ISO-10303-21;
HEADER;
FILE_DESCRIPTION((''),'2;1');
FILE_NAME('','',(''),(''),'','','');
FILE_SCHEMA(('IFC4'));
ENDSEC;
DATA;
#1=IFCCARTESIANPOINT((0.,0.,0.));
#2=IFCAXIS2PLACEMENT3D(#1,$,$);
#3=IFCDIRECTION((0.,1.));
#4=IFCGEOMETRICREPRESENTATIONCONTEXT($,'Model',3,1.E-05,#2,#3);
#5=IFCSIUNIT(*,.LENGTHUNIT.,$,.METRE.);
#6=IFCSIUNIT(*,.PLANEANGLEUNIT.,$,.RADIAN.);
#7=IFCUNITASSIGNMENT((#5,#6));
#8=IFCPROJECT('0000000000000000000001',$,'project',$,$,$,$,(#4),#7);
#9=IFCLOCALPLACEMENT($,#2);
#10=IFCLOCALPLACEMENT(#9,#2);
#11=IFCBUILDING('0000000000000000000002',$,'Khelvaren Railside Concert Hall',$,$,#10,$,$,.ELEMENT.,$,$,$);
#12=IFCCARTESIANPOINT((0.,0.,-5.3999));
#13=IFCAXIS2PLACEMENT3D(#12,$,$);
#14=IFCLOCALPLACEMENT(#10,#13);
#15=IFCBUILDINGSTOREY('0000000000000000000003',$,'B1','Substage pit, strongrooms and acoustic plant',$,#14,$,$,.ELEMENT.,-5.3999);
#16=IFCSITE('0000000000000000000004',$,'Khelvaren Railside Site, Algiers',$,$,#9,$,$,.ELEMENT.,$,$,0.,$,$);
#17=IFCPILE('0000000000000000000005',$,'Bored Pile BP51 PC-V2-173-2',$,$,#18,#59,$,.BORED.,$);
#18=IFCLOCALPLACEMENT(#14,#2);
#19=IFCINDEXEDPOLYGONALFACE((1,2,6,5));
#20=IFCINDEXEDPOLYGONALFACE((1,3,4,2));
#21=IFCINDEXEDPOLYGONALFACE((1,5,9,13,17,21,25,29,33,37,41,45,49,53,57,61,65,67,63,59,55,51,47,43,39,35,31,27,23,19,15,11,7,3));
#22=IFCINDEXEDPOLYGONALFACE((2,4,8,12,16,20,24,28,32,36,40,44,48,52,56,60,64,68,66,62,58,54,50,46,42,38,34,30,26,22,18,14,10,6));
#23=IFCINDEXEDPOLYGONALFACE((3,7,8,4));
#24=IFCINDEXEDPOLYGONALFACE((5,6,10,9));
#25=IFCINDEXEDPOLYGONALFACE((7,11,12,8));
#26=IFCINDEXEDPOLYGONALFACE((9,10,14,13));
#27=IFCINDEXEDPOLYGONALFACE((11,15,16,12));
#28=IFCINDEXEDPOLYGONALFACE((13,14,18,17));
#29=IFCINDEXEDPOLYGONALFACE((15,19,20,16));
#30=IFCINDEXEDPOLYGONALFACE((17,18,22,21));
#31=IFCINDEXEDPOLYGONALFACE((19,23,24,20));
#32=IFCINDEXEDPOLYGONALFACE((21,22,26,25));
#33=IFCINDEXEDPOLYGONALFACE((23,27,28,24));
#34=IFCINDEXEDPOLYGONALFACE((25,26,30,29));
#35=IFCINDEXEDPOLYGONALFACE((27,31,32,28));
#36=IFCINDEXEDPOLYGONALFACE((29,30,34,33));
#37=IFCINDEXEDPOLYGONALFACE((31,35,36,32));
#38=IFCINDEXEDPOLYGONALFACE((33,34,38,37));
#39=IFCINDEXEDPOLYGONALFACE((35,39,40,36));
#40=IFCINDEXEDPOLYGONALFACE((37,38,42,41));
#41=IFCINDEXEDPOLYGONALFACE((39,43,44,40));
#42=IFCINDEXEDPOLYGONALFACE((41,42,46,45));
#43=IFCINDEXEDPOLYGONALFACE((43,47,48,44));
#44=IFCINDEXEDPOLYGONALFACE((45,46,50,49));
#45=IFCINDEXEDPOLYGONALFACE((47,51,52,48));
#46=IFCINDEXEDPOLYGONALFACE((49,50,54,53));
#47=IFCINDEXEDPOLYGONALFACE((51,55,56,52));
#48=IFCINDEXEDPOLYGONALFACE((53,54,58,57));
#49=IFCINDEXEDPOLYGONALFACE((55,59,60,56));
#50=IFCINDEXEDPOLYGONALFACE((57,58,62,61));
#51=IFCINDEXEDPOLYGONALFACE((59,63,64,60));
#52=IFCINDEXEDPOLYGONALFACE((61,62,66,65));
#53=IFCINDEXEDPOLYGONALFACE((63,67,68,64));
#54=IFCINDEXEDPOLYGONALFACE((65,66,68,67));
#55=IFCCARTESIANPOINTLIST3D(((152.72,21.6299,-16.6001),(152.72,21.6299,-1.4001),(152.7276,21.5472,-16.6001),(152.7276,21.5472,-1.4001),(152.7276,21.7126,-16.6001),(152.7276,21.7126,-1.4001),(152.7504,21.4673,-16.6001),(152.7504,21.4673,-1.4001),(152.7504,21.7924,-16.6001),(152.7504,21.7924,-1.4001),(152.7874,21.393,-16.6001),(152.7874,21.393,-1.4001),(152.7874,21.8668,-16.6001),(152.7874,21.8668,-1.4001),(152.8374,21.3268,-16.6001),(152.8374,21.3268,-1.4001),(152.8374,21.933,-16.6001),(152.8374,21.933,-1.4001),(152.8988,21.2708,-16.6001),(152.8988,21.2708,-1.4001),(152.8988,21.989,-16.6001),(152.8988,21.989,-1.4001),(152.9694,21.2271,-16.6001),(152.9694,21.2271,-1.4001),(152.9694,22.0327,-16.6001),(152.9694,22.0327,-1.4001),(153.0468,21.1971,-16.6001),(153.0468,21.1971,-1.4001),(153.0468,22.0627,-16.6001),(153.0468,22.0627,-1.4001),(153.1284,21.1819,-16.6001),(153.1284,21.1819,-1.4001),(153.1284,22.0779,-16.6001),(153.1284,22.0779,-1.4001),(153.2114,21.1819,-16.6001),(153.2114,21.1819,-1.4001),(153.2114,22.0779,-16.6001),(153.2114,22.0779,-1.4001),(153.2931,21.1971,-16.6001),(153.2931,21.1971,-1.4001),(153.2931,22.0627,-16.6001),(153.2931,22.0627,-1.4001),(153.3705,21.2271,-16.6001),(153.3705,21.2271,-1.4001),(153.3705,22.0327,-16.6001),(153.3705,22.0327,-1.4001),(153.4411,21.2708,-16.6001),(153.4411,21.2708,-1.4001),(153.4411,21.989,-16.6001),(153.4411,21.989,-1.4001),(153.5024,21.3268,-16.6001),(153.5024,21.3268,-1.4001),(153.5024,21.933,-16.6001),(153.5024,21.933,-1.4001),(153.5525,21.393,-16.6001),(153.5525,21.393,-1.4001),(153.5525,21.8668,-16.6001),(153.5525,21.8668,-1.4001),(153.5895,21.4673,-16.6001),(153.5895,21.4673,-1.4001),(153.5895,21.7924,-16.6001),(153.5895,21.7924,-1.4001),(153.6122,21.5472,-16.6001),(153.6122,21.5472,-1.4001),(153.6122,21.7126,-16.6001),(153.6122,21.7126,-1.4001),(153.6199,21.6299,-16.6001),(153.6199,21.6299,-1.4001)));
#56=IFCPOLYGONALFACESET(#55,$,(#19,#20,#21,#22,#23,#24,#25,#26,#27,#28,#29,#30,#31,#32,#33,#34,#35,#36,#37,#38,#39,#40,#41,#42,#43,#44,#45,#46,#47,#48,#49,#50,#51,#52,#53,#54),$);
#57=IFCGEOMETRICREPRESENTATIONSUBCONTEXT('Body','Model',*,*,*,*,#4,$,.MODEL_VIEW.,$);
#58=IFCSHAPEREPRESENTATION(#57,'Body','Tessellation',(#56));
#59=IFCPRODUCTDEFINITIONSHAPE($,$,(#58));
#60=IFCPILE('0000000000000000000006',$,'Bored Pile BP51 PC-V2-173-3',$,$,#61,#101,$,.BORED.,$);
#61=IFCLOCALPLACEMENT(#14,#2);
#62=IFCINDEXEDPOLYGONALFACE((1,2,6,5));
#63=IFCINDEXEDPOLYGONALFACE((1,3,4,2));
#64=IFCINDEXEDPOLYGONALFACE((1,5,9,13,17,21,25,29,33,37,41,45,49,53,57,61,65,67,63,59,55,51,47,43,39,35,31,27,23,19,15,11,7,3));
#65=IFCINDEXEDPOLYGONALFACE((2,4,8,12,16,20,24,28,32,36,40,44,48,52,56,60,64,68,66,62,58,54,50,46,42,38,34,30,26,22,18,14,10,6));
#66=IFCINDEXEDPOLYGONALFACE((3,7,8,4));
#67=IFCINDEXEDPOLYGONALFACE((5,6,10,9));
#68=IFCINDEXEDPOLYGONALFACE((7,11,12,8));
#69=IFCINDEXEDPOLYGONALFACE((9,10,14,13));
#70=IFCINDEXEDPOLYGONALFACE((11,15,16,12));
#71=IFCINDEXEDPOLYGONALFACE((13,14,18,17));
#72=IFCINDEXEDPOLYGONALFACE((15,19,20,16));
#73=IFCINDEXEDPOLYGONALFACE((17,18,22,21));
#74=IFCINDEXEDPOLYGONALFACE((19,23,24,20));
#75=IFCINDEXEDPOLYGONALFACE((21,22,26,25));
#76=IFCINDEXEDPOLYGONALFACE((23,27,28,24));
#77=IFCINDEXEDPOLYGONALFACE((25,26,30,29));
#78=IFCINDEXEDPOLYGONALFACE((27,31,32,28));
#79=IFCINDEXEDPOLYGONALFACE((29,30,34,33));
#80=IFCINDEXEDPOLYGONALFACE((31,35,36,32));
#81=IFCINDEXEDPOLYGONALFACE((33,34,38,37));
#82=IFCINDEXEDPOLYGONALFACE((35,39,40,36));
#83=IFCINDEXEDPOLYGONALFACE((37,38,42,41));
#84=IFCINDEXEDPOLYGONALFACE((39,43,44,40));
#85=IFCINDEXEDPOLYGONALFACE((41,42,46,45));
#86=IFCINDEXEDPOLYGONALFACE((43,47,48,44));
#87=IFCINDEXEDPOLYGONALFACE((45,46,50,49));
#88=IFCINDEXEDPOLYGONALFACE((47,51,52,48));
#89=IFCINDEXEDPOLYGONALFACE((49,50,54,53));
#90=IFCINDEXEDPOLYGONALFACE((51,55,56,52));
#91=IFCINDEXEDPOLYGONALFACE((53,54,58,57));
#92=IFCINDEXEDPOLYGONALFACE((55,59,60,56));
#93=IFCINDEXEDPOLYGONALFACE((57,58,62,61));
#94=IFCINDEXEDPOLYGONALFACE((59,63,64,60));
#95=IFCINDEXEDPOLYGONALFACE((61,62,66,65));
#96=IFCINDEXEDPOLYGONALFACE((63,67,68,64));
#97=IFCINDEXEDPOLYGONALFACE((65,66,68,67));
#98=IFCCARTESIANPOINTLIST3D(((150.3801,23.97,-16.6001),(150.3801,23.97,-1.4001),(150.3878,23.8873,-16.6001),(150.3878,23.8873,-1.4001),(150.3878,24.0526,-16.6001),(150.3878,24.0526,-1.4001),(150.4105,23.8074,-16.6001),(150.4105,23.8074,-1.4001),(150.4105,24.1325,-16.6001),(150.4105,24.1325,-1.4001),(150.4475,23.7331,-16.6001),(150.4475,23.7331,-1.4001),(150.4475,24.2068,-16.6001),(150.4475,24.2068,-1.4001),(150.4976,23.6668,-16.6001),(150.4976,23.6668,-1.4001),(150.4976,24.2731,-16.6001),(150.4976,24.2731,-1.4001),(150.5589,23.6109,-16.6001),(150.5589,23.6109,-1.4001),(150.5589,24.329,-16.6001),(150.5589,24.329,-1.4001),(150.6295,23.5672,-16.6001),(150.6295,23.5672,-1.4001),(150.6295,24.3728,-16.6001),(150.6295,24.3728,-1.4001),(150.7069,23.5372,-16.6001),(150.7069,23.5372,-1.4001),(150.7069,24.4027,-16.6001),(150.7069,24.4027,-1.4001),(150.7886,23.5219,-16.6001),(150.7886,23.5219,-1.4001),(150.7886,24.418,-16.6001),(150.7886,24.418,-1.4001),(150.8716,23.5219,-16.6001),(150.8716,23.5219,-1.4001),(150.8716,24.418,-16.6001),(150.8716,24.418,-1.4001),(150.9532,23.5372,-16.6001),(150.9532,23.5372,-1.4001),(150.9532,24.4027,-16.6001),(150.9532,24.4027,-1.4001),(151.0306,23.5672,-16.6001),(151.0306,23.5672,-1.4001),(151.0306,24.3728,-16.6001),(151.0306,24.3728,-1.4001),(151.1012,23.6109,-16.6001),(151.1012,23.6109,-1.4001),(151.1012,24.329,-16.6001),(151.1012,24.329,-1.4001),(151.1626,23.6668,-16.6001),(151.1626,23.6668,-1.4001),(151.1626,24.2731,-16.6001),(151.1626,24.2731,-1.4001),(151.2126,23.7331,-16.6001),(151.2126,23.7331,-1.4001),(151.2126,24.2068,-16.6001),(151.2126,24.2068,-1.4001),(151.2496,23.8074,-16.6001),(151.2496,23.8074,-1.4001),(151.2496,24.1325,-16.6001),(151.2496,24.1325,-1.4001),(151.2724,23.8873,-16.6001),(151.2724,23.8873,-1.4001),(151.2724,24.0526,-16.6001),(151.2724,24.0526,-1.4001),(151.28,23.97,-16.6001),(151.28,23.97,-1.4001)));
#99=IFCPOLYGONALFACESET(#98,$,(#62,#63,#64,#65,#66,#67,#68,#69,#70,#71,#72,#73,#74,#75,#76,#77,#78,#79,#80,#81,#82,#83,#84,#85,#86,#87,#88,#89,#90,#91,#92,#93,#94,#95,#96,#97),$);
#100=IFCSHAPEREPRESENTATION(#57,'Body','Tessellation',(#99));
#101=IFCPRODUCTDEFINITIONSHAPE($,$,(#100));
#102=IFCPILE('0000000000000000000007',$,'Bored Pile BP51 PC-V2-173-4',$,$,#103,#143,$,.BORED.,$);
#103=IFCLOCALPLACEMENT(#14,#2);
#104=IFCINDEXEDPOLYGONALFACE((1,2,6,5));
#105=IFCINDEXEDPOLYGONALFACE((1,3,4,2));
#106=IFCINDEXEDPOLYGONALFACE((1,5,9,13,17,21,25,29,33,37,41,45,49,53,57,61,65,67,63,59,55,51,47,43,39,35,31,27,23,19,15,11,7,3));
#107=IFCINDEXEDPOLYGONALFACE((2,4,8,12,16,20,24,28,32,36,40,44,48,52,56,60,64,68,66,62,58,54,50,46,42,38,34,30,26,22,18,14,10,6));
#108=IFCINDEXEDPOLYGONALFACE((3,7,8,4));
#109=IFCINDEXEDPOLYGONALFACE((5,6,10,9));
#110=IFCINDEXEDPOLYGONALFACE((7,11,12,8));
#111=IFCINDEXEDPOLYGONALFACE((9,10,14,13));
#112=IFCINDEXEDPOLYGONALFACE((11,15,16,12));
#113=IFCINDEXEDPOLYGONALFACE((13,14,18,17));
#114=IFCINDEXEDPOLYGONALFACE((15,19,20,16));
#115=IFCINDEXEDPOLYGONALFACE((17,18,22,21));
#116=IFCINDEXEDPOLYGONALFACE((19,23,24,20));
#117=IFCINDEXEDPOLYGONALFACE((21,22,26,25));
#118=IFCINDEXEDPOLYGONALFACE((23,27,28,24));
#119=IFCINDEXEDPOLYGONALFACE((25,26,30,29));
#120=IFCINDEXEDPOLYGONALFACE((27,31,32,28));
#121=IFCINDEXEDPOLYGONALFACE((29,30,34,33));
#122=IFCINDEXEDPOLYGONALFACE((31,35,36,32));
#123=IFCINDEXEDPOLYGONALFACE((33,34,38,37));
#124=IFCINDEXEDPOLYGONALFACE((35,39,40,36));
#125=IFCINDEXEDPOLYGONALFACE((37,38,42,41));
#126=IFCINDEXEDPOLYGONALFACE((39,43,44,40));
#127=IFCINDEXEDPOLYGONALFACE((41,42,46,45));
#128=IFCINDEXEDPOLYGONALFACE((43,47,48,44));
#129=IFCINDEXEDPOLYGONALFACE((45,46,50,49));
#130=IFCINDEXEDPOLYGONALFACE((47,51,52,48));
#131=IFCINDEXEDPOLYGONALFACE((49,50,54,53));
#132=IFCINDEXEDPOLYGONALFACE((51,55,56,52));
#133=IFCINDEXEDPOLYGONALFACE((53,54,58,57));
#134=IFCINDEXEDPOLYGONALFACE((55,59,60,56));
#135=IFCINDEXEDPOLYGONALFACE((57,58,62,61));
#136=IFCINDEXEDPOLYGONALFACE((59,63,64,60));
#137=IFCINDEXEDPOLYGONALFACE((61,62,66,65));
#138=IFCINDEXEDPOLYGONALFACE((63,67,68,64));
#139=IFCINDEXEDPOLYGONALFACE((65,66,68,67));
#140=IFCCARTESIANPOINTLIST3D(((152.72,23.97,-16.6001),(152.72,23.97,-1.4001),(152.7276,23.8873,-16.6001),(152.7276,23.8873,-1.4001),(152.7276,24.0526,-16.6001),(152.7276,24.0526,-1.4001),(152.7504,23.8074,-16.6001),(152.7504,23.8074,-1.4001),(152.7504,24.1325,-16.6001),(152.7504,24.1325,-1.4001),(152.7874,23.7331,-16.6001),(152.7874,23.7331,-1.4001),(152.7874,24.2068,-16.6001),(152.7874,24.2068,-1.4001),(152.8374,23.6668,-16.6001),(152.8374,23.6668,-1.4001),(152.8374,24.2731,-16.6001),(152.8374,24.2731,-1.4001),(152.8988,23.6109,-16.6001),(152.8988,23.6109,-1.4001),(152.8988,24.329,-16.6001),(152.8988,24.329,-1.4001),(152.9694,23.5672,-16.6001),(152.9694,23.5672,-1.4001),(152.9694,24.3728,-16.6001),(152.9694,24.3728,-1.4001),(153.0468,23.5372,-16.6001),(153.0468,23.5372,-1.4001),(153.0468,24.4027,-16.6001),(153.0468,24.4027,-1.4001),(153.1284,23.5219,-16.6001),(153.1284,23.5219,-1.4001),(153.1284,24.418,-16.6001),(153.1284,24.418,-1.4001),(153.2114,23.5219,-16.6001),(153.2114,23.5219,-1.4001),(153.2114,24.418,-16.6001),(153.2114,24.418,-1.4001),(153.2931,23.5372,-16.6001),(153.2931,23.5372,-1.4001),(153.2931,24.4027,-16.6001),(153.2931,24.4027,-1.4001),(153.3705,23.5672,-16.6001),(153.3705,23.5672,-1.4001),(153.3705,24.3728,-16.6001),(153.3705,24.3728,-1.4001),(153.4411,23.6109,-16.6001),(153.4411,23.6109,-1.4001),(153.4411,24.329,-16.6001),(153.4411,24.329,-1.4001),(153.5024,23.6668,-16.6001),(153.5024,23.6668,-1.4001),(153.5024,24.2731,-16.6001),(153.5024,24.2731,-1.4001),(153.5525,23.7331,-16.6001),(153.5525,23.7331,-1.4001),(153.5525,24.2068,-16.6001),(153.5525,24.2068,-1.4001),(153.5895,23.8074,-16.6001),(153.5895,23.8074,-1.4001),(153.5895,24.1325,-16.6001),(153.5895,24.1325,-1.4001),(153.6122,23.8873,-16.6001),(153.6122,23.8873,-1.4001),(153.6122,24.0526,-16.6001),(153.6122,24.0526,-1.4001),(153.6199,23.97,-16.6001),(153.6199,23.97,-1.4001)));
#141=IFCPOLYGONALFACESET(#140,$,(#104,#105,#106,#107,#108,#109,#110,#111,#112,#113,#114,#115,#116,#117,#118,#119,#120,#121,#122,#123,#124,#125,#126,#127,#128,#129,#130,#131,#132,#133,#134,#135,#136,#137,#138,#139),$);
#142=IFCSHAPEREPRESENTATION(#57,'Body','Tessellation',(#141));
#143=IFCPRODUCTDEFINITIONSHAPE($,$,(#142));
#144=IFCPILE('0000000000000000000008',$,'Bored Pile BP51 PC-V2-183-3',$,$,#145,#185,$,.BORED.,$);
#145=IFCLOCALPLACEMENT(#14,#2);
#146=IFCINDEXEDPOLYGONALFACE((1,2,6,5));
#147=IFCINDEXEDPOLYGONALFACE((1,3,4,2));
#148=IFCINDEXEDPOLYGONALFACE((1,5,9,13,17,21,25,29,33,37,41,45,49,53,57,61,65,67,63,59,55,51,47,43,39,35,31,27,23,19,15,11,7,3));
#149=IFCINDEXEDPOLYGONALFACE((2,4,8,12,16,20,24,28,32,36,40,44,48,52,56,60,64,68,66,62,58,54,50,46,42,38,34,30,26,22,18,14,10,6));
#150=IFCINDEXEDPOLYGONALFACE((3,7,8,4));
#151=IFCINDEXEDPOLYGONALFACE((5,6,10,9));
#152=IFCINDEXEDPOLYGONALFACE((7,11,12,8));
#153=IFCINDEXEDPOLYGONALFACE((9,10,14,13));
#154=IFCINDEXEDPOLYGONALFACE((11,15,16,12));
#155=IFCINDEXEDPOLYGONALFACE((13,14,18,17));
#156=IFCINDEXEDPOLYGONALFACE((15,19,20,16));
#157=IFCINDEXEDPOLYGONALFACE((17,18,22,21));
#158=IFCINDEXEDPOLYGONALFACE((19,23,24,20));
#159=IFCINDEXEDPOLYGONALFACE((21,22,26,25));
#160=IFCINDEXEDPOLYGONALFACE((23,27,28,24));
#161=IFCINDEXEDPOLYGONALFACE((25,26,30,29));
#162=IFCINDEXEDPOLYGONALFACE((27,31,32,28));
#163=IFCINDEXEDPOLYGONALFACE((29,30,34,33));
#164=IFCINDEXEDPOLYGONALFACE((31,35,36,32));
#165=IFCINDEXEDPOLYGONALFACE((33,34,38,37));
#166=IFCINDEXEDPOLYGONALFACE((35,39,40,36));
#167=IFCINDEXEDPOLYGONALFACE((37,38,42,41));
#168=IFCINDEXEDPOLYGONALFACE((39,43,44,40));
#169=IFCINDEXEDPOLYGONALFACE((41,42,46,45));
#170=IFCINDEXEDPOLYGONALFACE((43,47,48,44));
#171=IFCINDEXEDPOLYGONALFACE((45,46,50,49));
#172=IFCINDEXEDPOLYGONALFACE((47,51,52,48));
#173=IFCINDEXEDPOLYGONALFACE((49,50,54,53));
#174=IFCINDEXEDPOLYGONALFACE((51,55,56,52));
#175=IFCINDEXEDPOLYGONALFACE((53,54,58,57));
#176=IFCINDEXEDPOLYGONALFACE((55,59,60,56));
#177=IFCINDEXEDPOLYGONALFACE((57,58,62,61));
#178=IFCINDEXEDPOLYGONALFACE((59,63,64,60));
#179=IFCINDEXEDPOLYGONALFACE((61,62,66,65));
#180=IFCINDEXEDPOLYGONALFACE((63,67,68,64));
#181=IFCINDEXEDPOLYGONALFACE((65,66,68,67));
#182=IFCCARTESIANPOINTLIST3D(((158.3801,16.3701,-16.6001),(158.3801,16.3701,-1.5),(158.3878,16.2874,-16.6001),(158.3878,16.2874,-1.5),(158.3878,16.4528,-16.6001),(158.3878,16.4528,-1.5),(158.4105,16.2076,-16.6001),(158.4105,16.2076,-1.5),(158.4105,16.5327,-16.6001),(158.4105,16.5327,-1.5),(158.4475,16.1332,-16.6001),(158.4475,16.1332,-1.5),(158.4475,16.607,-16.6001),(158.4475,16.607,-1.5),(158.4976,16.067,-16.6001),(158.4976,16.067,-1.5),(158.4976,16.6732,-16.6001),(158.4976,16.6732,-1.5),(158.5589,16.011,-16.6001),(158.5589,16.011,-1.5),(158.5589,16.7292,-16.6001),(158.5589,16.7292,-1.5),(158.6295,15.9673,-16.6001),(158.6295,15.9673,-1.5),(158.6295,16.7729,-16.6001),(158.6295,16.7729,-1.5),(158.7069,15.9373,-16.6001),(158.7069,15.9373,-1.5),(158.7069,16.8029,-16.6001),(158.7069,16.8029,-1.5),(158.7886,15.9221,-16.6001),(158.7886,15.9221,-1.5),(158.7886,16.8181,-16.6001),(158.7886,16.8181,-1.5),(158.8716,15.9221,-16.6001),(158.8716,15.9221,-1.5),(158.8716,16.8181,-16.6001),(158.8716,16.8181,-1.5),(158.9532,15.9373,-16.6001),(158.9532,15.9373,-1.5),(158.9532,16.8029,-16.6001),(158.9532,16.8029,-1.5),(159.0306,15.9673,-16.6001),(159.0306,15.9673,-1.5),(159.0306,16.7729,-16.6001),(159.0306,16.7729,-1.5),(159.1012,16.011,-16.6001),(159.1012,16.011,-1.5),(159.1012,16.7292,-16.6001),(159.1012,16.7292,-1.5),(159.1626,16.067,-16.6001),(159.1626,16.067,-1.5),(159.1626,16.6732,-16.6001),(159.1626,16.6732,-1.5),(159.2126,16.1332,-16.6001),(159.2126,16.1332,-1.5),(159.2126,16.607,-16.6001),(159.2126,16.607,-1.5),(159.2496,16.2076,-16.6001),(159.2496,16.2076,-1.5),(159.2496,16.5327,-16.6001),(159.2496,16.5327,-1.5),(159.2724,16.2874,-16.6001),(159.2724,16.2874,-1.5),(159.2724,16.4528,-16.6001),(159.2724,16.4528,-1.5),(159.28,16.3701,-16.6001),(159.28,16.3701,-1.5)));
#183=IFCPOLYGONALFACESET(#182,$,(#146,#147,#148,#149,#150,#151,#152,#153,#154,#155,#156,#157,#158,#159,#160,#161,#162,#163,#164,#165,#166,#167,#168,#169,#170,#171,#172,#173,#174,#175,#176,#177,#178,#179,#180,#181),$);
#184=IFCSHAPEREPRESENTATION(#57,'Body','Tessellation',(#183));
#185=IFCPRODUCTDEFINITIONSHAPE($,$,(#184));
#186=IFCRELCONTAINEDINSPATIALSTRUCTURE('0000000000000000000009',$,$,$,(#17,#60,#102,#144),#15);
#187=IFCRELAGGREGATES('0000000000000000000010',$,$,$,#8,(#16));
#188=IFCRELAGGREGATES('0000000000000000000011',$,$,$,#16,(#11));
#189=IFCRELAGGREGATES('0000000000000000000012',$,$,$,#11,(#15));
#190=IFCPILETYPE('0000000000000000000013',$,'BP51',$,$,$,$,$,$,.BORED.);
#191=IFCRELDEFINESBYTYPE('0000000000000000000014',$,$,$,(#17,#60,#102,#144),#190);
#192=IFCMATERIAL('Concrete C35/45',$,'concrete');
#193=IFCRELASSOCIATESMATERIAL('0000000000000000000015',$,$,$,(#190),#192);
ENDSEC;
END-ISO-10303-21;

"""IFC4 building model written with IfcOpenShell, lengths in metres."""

from ifc_helpers import new_model, si_unit, direction, frame, origin, origin_2d, place, context, subcontext, project, spatial, circle, extrude, material, material_profile, profile_set, type_object, element, save


model = new_model("IFC4")

# Units and contexts
model_context = context("Model", 3, precision=1e-05, world=origin(), true_north=direction((0.0, 1.0)))
body_context = subcontext(model_context, "Body", "Model", "MODEL_VIEW")
ifc_project = project(units=[si_unit("LENGTHUNIT", "METRE"), si_unit("PLANEANGLEUNIT", "RADIAN")], contexts=[model_context])

# Site, building, storey
site_placement = place(None, origin())
site = spatial("IfcSite", under=ifc_project, at=site_placement, Name="Khelvaren Railside Site, Algiers", CompositionType="ELEMENT", RefElevation=0.0)
building_placement = place(site_placement, origin())
building = spatial("IfcBuilding", under=site, at=building_placement, Name="Khelvaren Railside Concert Hall", CompositionType="ELEMENT")
storey_placement = place(building_placement, frame((0.0, 0.0, -5.3999)))
storey = spatial("IfcBuildingStorey", under=building, at=storey_placement, Name="B1", Description="Substage pit, strongrooms and acoustic plant", CompositionType="ELEMENT", Elevation=-5.3999)

# Piles
ifc_material_1 = material(Name="Concrete C35/45", Category="concrete")
ifc_material_profile_1 = material_profile(ifc_material_1, circle(Radius=0.45, at=origin_2d()), Name="BP D900")
ifc_profile_set_1 = profile_set([ifc_material_profile_1], Name="Concrete C35/45")
pile_type_1 = type_object("IfcPileType", Name="BP51", PredefinedType="BORED", material=ifc_profile_set_1)
for number, where, z_axis, x_axis, name in (
    (1, (153.1699, 21.6299, -1.4001), (0.0, 0.0, -1.0), (1.0, 0.0, 0.0), "Bored Pile BP51 PC-V2-173-2"),
    (2, (150.8301, 23.97, -1.4001), (0.0, 0.0, -1.0), (1.0, 0.0, 0.0), "Bored Pile BP51 PC-V2-173-3"),
    (3, (153.1699, 23.97, -1.4001), (0.0, 0.0, -1.0), (1.0, 0.0, 0.0), "Bored Pile BP51 PC-V2-173-4"),
):
    element("IfcPile", number, at=place(storey_placement, frame(where, z_axis=z_axis, x_axis=x_axis)), inside=storey, type_object=pile_type_1, Name=name, PredefinedType="BORED", context=body_context, shape_type="SweptSolid", body=[
        extrude(circle(Radius=0.45, at=origin_2d()), origin(), (0.0, 0.0, 1.0), 15.2),
    ])
pile_1_placement = place(storey_placement, frame((158.8301, 16.3701, -1.5), z_axis=(0.0, 0.0, -1.0), x_axis=(1.0, 0.0, 0.0)))
element("IfcPile", 4, at=pile_1_placement, inside=storey, type_object=pile_type_1, Name="Bored Pile BP51 PC-V2-183-3", PredefinedType="BORED", context=body_context, shape_type="SweptSolid", body=[
    extrude(circle(Radius=0.45, at=origin_2d()), origin(), (0.0, 0.0, 1.0), 15.1001),
])

save(model, "model.ifc")
